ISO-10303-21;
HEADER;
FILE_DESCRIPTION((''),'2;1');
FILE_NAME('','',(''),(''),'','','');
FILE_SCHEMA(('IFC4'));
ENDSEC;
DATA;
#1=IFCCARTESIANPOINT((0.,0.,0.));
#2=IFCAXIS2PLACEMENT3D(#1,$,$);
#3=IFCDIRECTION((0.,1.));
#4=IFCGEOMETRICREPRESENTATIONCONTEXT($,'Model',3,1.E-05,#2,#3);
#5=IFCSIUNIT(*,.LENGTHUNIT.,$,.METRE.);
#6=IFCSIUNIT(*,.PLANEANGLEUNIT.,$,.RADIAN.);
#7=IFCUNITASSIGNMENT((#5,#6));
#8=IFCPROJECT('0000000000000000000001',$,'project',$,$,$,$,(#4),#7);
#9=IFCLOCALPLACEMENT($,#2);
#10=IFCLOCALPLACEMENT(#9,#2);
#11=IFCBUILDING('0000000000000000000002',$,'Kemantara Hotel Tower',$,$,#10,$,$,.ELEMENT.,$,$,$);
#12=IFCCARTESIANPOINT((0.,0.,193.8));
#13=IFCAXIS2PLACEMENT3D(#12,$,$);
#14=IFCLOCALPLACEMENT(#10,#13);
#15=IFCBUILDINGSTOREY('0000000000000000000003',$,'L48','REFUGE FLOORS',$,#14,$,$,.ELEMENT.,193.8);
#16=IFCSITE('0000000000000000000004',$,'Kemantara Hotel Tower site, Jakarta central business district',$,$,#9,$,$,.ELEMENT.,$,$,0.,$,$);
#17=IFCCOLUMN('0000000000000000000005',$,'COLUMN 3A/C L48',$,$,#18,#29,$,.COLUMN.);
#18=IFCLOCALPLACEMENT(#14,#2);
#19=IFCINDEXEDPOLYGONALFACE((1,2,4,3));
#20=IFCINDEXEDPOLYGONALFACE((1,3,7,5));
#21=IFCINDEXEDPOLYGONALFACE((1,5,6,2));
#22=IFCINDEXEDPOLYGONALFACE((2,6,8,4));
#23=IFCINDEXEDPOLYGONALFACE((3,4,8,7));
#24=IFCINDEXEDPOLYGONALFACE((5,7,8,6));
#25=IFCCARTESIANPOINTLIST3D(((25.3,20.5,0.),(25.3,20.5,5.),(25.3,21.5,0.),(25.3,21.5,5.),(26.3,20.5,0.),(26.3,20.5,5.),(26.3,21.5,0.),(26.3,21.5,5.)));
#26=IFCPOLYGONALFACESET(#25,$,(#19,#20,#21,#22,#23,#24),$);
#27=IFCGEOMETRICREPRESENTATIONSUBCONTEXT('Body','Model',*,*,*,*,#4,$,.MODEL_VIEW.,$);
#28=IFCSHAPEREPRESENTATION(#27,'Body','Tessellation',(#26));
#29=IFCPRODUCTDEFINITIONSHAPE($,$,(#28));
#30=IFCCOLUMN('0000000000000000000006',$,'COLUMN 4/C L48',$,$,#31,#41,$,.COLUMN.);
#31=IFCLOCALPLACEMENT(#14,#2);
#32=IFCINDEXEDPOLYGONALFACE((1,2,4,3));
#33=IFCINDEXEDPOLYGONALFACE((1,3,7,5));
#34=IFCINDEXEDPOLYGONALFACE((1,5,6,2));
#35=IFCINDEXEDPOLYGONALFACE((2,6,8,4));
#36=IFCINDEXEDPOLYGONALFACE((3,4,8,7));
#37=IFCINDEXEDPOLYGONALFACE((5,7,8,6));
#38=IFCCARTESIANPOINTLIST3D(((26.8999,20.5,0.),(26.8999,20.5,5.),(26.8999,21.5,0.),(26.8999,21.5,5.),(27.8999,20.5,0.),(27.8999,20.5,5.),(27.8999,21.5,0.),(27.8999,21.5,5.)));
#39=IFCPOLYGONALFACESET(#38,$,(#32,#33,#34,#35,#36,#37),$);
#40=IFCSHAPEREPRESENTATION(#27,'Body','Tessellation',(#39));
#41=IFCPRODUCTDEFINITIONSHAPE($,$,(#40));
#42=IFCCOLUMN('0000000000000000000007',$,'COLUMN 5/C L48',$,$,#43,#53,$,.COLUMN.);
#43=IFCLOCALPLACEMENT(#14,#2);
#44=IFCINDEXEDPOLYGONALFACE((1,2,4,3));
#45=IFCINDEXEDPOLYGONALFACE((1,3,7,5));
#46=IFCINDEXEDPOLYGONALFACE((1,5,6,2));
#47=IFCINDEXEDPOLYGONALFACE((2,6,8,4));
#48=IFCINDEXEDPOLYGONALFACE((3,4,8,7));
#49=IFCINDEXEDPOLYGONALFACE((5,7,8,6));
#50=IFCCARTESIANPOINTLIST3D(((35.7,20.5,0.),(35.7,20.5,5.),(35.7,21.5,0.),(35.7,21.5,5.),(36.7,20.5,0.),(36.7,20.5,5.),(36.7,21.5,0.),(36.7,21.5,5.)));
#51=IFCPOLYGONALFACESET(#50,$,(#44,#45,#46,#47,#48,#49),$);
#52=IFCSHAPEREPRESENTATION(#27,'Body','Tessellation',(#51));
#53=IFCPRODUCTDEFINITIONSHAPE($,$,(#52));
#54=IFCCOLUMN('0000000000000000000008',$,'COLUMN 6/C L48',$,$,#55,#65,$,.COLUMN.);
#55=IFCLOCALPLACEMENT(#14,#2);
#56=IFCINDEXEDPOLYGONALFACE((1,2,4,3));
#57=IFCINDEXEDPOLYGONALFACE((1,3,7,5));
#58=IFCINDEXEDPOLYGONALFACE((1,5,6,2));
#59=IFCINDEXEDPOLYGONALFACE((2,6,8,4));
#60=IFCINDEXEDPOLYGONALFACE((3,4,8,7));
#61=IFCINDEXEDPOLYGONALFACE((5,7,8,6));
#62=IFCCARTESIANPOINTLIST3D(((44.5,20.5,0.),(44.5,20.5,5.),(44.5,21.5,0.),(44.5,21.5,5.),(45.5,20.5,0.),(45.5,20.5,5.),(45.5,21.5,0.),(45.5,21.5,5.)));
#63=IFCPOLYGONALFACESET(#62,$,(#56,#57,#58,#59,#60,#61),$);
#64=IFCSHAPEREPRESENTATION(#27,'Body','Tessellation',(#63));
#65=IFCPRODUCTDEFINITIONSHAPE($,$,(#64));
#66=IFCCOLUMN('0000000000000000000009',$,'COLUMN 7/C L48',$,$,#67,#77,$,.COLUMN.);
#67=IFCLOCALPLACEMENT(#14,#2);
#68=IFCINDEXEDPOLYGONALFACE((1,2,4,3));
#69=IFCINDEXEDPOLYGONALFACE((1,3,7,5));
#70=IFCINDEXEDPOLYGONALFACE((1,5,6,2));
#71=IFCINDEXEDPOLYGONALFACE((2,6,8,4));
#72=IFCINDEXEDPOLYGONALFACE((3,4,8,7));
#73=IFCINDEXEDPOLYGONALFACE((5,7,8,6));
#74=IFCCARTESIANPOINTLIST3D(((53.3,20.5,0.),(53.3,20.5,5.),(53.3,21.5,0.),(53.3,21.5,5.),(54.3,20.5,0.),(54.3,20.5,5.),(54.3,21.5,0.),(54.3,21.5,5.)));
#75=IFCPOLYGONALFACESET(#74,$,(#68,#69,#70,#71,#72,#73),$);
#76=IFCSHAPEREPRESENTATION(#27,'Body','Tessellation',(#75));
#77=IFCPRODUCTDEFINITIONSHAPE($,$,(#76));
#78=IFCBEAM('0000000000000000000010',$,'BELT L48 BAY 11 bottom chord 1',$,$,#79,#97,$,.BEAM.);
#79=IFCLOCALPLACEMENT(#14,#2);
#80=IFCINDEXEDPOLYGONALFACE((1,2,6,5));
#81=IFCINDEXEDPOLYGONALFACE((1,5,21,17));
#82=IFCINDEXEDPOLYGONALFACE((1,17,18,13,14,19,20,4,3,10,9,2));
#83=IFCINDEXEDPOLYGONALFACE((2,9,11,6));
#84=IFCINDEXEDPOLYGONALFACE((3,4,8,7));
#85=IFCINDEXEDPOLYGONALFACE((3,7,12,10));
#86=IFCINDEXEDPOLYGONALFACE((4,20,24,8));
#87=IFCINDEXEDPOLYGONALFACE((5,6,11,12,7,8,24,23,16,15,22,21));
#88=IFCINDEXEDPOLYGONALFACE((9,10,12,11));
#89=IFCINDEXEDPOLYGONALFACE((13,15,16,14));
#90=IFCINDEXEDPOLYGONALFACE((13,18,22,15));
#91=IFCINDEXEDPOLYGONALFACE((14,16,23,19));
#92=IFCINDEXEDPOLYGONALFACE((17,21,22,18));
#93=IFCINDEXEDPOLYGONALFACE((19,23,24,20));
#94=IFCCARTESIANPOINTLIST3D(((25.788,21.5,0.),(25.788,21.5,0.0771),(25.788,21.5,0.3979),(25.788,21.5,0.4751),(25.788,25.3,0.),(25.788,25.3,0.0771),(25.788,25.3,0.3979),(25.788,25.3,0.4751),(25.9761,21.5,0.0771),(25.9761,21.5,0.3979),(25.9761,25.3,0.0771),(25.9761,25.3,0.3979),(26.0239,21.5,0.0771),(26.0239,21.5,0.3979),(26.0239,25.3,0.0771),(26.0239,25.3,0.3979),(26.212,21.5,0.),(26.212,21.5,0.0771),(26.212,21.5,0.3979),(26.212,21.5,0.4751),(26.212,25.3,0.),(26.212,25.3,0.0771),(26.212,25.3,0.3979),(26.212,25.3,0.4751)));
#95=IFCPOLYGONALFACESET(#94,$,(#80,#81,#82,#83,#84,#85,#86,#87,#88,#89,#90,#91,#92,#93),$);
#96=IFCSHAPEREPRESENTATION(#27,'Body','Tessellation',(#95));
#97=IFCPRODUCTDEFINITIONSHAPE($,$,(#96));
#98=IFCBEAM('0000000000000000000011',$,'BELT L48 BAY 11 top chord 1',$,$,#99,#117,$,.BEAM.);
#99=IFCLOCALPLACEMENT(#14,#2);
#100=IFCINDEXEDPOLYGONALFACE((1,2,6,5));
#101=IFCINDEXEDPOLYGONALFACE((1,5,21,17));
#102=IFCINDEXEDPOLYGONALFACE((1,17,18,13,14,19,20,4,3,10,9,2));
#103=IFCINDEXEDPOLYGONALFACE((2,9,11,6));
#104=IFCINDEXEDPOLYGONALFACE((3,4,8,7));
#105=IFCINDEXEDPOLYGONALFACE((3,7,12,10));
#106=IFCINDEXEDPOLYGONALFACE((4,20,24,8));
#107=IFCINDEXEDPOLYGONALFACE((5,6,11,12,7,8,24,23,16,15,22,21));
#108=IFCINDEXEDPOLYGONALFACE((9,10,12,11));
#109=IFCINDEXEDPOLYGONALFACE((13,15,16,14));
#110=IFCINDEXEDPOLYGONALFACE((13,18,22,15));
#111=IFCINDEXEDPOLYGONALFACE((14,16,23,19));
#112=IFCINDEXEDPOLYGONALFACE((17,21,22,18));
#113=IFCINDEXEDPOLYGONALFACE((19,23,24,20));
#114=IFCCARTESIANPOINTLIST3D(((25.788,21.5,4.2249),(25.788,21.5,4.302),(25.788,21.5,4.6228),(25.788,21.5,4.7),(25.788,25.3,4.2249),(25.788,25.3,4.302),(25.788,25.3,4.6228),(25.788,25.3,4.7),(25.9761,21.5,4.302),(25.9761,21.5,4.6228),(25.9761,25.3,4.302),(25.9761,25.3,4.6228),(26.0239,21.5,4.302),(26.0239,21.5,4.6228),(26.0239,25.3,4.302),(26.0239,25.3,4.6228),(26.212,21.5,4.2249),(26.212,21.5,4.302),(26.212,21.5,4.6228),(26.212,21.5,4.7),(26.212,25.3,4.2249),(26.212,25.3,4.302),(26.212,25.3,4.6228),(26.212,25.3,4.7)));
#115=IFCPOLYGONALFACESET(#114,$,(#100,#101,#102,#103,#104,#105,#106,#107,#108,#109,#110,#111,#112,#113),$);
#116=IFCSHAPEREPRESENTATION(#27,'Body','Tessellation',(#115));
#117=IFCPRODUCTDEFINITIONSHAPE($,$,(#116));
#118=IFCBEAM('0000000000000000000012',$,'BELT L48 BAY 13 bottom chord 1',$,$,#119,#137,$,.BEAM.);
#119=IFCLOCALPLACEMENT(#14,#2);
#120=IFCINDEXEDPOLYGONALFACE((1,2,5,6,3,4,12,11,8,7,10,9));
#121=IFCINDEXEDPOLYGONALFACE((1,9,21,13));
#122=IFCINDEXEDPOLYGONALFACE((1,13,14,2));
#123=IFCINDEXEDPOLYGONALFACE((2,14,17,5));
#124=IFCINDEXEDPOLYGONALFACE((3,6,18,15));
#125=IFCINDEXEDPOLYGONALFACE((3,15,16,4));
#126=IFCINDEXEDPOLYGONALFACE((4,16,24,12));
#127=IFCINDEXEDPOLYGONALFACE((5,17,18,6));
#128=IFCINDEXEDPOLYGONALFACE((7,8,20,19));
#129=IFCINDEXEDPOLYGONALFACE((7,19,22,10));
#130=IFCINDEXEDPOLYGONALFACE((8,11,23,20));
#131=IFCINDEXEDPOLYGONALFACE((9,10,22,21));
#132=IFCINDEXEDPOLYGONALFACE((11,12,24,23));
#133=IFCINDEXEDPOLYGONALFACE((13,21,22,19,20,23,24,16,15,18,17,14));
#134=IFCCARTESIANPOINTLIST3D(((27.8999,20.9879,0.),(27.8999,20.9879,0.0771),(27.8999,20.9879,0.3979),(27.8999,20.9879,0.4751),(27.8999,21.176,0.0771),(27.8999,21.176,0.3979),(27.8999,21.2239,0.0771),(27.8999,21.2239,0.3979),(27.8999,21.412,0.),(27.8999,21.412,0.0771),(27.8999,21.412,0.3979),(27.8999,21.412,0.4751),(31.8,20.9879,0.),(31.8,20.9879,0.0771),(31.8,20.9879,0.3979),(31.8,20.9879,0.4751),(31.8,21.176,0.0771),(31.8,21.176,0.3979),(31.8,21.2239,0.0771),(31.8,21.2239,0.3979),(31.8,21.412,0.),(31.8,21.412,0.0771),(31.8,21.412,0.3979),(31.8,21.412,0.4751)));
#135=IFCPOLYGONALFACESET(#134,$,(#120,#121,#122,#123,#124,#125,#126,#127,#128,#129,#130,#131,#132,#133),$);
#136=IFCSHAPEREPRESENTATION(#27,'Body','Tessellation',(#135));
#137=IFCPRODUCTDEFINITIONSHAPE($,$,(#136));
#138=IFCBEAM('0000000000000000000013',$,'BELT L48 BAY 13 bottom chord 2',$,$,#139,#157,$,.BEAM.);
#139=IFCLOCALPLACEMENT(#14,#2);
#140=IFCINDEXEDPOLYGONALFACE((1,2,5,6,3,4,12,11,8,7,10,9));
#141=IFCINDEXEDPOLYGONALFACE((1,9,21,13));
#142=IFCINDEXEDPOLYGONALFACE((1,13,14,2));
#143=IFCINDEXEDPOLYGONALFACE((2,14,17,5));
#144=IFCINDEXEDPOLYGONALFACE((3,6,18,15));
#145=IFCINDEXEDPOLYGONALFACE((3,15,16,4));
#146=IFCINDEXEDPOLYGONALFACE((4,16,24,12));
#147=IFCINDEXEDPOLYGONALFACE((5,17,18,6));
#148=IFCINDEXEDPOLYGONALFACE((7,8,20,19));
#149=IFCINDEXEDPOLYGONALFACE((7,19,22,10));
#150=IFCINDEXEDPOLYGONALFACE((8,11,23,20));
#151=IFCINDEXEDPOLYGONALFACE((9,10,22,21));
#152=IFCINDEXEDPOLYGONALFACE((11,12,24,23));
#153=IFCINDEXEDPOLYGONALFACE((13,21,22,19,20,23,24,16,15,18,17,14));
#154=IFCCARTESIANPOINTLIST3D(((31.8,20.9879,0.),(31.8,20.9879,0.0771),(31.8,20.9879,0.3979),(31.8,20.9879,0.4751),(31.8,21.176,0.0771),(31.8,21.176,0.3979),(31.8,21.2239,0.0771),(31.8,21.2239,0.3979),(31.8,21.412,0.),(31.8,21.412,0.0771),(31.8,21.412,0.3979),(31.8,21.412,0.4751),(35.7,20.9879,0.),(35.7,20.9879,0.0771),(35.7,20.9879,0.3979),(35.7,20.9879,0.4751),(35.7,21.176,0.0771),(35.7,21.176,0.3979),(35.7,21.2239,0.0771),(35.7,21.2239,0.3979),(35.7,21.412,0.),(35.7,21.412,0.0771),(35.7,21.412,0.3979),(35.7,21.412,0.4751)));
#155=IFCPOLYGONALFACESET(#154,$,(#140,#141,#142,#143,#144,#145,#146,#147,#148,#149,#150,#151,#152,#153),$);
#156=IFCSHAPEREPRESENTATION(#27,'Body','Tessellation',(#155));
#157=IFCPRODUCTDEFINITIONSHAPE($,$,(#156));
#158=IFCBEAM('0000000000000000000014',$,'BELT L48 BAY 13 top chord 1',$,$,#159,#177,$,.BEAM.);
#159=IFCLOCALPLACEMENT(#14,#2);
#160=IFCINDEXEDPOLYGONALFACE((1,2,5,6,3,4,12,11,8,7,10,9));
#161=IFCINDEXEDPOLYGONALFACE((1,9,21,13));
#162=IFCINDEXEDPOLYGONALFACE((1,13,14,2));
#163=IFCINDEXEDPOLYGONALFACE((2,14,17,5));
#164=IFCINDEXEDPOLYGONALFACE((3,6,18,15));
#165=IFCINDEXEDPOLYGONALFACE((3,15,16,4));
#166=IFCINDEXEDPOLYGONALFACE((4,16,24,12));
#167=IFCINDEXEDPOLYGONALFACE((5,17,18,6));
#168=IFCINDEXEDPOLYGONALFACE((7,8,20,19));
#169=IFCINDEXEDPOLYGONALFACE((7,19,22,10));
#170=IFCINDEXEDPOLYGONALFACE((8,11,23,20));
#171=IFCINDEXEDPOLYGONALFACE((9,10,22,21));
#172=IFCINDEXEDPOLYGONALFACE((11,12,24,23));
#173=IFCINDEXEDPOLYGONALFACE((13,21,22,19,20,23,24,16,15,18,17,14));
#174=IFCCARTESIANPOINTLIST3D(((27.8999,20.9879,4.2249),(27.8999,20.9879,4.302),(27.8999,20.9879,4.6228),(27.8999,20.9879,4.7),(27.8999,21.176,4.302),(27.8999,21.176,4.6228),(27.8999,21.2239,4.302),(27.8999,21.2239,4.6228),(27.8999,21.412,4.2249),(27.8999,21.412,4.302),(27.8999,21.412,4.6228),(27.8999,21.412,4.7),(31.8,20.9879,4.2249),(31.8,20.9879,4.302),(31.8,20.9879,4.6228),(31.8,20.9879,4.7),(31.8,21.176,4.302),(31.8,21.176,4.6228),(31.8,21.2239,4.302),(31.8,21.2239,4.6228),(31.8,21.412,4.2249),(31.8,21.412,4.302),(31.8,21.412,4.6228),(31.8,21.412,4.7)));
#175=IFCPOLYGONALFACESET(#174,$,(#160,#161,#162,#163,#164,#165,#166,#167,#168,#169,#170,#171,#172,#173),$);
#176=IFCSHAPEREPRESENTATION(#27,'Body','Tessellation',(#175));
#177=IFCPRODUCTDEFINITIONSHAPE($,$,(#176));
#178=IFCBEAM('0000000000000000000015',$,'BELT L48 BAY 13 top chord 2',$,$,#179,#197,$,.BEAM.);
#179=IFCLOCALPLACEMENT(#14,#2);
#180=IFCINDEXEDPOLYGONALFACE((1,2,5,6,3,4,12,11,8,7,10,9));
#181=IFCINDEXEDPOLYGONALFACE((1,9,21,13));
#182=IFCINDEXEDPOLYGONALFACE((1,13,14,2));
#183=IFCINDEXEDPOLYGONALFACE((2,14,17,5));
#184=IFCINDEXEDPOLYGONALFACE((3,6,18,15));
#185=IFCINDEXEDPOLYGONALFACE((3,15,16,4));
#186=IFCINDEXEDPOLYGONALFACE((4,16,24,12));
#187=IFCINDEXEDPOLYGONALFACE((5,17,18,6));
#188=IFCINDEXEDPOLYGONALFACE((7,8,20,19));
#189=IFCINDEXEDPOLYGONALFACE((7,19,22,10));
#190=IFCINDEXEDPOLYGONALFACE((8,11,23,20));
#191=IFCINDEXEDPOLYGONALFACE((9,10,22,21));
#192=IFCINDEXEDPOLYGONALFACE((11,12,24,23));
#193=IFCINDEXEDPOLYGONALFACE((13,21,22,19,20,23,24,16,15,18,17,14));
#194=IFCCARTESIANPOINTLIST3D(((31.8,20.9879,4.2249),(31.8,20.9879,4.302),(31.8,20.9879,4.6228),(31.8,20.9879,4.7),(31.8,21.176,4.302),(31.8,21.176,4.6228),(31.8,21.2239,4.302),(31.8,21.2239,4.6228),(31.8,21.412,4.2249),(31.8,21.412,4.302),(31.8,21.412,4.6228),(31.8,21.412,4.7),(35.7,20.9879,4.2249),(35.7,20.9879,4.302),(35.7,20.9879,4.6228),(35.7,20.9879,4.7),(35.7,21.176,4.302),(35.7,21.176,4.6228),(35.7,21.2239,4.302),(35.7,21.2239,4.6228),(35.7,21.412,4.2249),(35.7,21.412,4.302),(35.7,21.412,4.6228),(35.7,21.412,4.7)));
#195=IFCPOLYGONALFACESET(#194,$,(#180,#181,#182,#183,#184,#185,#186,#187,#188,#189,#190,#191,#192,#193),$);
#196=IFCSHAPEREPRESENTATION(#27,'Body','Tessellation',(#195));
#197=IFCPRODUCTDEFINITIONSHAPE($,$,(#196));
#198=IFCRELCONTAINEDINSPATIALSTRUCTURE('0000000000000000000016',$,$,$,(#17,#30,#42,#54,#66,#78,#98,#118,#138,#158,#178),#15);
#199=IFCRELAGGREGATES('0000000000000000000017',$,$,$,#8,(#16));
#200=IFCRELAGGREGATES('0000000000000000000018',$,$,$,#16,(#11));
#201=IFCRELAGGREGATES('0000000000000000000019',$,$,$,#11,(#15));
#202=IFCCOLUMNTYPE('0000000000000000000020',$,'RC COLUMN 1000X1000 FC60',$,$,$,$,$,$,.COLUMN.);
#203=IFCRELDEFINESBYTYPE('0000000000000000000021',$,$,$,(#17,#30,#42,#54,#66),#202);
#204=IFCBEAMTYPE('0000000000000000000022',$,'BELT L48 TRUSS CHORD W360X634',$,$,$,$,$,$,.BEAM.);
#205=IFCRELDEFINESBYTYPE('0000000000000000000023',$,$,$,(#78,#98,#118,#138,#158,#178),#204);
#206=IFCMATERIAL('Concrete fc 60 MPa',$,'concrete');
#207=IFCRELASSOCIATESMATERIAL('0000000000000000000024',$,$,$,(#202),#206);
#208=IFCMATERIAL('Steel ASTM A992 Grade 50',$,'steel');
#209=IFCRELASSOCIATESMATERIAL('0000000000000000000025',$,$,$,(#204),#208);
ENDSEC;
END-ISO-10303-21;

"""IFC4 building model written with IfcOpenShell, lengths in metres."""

from ifc_helpers import new_model, si_unit, direction, frame, origin, origin_2d, place, context, subcontext, project, spatial, rectangle, i_section, extrude, material, material_profile, profile_set, type_object, element, save


model = new_model("IFC4")

# Units and contexts
model_context = context("Model", 3, precision=1e-05, world=origin(), true_north=direction((0.0, 1.0)))
body_context = subcontext(model_context, "Body", "Model", "MODEL_VIEW")
ifc_project = project(units=[si_unit("LENGTHUNIT", "METRE"), si_unit("PLANEANGLEUNIT", "RADIAN")], contexts=[model_context])

# Site, building, storey
site_placement = place(None, origin())
site = spatial("IfcSite", under=ifc_project, at=site_placement, Name="Kemantara Hotel Tower site, Jakarta central business district", CompositionType="ELEMENT", RefElevation=0.0)
building_placement = place(site_placement, origin())
building = spatial("IfcBuilding", under=site, at=building_placement, Name="Kemantara Hotel Tower", CompositionType="ELEMENT")
storey_placement = place(building_placement, frame((0.0, 0.0, 193.8)))
storey = spatial("IfcBuildingStorey", under=building, at=storey_placement, Name="L48", Description="REFUGE FLOORS", CompositionType="ELEMENT", Elevation=193.8)

# Columns
ifc_material_1 = material(Name="Concrete fc 60 MPa", Category="concrete")
ifc_material_profile_1 = material_profile(ifc_material_1, rectangle(XDim=1.0, YDim=1.0, at=origin_2d()), Name="RC 1000X1000")
ifc_profile_set_1 = profile_set([ifc_material_profile_1], Name="Concrete fc 60 MPa")
column_type = type_object("IfcColumnType", Name="RC COLUMN 1000X1000 FC60", PredefinedType="COLUMN", material=ifc_profile_set_1)
for number, where, z_axis, x_axis, name in (
    (1, (25.8, 21.0, 0.0), (0.0, 0.0, 1.0), (1.0, 0.0, 0.0), "COLUMN 3A/C L48"),
    (2, (27.3999, 21.0, 0.0), (0.0, 0.0, 1.0), (1.0, 0.0, 0.0), "COLUMN 4/C L48"),
    (3, (36.2, 21.0, 0.0), (0.0, 0.0, 1.0), (1.0, 0.0, 0.0), "COLUMN 5/C L48"),
    (4, (45.0, 21.0, 0.0), (0.0, 0.0, 1.0), (1.0, 0.0, 0.0), "COLUMN 6/C L48"),
    (5, (53.8, 21.0, 0.0), (0.0, 0.0, 1.0), (1.0, 0.0, 0.0), "COLUMN 7/C L48"),
):
    element("IfcColumn", number, at=place(storey_placement, frame(where, z_axis=z_axis, x_axis=x_axis)), inside=storey, type_object=column_type, Name=name, PredefinedType="COLUMN", context=body_context, shape_type="SweptSolid", body=[
        extrude(rectangle(XDim=1.0, YDim=1.0, at=origin_2d()), origin(), (0.0, 0.0, 1.0), 5.0),
    ])

# Beams
ifc_material_2 = material(Name="Steel ASTM A992 Grade 50", Category="steel")
ifc_material_profile_2 = material_profile(ifc_material_2, i_section(OverallWidth=0.4241, OverallDepth=0.4751, WebThickness=0.0479, FlangeThickness=0.0771, at=origin_2d()), Name="W360X634")
ifc_profile_set_2 = profile_set([ifc_material_profile_2], Name="Steel ASTM A992 Grade 50")
beam_type = type_object("IfcBeamType", Name="BELT L48 TRUSS CHORD W360X634", PredefinedType="BEAM", material=ifc_profile_set_2)
for number, where, z_axis, x_axis, name in (
    (6, (26.0, 21.5, 0.2375), (0.0, 1.0, 0.0), (-1.0, 0.0, 0.0), "BELT L48 BAY 11 bottom chord 1"),
    (7, (26.0, 21.5, 4.4624), (0.0, 1.0, 0.0), (-1.0, 0.0, 0.0), "BELT L48 BAY 11 top chord 1"),
):
    element("IfcBeam", number, at=place(storey_placement, frame(where, z_axis=z_axis, x_axis=x_axis)), inside=storey, type_object=beam_type, Name=name, PredefinedType="BEAM", context=body_context, shape_type="SweptSolid", body=[
        extrude(i_section(OverallWidth=0.4241, OverallDepth=0.4751, WebThickness=0.0479, FlangeThickness=0.0771, at=origin_2d()), origin(), (0.0, 0.0, 1.0), 3.8),
    ])
beam_1_placement = place(storey_placement, frame((27.8999, 21.2, 0.2375), z_axis=(1.0, 0.0, 0.0), x_axis=(0.0, 1.0, 0.0)))
element("IfcBeam", 8, at=beam_1_placement, inside=storey, type_object=beam_type, Name="BELT L48 BAY 13 bottom chord 1", PredefinedType="BEAM", context=body_context, shape_type="SweptSolid", body=[
    extrude(i_section(OverallWidth=0.4241, OverallDepth=0.4751, WebThickness=0.0479, FlangeThickness=0.0771, at=origin_2d()), origin(), (0.0, 0.0, 1.0), 3.9001),
])
beam_2_placement = place(storey_placement, frame((31.8, 21.2, 0.2375), z_axis=(1.0, 0.0, 0.0), x_axis=(0.0, 1.0, 0.0)))
element("IfcBeam", 9, at=beam_2_placement, inside=storey, type_object=beam_type, Name="BELT L48 BAY 13 bottom chord 2", PredefinedType="BEAM", context=body_context, shape_type="SweptSolid", body=[
    extrude(i_section(OverallWidth=0.4241, OverallDepth=0.4751, WebThickness=0.0479, FlangeThickness=0.0771, at=origin_2d()), origin(), (0.0, 0.0, 1.0), 3.8999),
])
beam_3_placement = place(storey_placement, frame((27.8999, 21.2, 4.4624), z_axis=(1.0, 0.0, 0.0), x_axis=(0.0, 1.0, 0.0)))
element("IfcBeam", 10, at=beam_3_placement, inside=storey, type_object=beam_type, Name="BELT L48 BAY 13 top chord 1", PredefinedType="BEAM", context=body_context, shape_type="SweptSolid", body=[
    extrude(i_section(OverallWidth=0.4241, OverallDepth=0.4751, WebThickness=0.0479, FlangeThickness=0.0771, at=origin_2d()), origin(), (0.0, 0.0, 1.0), 3.9001),
])
beam_4_placement = place(storey_placement, frame((31.8, 21.2, 4.4624), z_axis=(1.0, 0.0, 0.0), x_axis=(0.0, 1.0, 0.0)))
element("IfcBeam", 11, at=beam_4_placement, inside=storey, type_object=beam_type, Name="BELT L48 BAY 13 top chord 2", PredefinedType="BEAM", context=body_context, shape_type="SweptSolid", body=[
    extrude(i_section(OverallWidth=0.4241, OverallDepth=0.4751, WebThickness=0.0479, FlangeThickness=0.0771, at=origin_2d()), origin(), (0.0, 0.0, 1.0), 3.8999),
])

save(model, "model.ifc")
